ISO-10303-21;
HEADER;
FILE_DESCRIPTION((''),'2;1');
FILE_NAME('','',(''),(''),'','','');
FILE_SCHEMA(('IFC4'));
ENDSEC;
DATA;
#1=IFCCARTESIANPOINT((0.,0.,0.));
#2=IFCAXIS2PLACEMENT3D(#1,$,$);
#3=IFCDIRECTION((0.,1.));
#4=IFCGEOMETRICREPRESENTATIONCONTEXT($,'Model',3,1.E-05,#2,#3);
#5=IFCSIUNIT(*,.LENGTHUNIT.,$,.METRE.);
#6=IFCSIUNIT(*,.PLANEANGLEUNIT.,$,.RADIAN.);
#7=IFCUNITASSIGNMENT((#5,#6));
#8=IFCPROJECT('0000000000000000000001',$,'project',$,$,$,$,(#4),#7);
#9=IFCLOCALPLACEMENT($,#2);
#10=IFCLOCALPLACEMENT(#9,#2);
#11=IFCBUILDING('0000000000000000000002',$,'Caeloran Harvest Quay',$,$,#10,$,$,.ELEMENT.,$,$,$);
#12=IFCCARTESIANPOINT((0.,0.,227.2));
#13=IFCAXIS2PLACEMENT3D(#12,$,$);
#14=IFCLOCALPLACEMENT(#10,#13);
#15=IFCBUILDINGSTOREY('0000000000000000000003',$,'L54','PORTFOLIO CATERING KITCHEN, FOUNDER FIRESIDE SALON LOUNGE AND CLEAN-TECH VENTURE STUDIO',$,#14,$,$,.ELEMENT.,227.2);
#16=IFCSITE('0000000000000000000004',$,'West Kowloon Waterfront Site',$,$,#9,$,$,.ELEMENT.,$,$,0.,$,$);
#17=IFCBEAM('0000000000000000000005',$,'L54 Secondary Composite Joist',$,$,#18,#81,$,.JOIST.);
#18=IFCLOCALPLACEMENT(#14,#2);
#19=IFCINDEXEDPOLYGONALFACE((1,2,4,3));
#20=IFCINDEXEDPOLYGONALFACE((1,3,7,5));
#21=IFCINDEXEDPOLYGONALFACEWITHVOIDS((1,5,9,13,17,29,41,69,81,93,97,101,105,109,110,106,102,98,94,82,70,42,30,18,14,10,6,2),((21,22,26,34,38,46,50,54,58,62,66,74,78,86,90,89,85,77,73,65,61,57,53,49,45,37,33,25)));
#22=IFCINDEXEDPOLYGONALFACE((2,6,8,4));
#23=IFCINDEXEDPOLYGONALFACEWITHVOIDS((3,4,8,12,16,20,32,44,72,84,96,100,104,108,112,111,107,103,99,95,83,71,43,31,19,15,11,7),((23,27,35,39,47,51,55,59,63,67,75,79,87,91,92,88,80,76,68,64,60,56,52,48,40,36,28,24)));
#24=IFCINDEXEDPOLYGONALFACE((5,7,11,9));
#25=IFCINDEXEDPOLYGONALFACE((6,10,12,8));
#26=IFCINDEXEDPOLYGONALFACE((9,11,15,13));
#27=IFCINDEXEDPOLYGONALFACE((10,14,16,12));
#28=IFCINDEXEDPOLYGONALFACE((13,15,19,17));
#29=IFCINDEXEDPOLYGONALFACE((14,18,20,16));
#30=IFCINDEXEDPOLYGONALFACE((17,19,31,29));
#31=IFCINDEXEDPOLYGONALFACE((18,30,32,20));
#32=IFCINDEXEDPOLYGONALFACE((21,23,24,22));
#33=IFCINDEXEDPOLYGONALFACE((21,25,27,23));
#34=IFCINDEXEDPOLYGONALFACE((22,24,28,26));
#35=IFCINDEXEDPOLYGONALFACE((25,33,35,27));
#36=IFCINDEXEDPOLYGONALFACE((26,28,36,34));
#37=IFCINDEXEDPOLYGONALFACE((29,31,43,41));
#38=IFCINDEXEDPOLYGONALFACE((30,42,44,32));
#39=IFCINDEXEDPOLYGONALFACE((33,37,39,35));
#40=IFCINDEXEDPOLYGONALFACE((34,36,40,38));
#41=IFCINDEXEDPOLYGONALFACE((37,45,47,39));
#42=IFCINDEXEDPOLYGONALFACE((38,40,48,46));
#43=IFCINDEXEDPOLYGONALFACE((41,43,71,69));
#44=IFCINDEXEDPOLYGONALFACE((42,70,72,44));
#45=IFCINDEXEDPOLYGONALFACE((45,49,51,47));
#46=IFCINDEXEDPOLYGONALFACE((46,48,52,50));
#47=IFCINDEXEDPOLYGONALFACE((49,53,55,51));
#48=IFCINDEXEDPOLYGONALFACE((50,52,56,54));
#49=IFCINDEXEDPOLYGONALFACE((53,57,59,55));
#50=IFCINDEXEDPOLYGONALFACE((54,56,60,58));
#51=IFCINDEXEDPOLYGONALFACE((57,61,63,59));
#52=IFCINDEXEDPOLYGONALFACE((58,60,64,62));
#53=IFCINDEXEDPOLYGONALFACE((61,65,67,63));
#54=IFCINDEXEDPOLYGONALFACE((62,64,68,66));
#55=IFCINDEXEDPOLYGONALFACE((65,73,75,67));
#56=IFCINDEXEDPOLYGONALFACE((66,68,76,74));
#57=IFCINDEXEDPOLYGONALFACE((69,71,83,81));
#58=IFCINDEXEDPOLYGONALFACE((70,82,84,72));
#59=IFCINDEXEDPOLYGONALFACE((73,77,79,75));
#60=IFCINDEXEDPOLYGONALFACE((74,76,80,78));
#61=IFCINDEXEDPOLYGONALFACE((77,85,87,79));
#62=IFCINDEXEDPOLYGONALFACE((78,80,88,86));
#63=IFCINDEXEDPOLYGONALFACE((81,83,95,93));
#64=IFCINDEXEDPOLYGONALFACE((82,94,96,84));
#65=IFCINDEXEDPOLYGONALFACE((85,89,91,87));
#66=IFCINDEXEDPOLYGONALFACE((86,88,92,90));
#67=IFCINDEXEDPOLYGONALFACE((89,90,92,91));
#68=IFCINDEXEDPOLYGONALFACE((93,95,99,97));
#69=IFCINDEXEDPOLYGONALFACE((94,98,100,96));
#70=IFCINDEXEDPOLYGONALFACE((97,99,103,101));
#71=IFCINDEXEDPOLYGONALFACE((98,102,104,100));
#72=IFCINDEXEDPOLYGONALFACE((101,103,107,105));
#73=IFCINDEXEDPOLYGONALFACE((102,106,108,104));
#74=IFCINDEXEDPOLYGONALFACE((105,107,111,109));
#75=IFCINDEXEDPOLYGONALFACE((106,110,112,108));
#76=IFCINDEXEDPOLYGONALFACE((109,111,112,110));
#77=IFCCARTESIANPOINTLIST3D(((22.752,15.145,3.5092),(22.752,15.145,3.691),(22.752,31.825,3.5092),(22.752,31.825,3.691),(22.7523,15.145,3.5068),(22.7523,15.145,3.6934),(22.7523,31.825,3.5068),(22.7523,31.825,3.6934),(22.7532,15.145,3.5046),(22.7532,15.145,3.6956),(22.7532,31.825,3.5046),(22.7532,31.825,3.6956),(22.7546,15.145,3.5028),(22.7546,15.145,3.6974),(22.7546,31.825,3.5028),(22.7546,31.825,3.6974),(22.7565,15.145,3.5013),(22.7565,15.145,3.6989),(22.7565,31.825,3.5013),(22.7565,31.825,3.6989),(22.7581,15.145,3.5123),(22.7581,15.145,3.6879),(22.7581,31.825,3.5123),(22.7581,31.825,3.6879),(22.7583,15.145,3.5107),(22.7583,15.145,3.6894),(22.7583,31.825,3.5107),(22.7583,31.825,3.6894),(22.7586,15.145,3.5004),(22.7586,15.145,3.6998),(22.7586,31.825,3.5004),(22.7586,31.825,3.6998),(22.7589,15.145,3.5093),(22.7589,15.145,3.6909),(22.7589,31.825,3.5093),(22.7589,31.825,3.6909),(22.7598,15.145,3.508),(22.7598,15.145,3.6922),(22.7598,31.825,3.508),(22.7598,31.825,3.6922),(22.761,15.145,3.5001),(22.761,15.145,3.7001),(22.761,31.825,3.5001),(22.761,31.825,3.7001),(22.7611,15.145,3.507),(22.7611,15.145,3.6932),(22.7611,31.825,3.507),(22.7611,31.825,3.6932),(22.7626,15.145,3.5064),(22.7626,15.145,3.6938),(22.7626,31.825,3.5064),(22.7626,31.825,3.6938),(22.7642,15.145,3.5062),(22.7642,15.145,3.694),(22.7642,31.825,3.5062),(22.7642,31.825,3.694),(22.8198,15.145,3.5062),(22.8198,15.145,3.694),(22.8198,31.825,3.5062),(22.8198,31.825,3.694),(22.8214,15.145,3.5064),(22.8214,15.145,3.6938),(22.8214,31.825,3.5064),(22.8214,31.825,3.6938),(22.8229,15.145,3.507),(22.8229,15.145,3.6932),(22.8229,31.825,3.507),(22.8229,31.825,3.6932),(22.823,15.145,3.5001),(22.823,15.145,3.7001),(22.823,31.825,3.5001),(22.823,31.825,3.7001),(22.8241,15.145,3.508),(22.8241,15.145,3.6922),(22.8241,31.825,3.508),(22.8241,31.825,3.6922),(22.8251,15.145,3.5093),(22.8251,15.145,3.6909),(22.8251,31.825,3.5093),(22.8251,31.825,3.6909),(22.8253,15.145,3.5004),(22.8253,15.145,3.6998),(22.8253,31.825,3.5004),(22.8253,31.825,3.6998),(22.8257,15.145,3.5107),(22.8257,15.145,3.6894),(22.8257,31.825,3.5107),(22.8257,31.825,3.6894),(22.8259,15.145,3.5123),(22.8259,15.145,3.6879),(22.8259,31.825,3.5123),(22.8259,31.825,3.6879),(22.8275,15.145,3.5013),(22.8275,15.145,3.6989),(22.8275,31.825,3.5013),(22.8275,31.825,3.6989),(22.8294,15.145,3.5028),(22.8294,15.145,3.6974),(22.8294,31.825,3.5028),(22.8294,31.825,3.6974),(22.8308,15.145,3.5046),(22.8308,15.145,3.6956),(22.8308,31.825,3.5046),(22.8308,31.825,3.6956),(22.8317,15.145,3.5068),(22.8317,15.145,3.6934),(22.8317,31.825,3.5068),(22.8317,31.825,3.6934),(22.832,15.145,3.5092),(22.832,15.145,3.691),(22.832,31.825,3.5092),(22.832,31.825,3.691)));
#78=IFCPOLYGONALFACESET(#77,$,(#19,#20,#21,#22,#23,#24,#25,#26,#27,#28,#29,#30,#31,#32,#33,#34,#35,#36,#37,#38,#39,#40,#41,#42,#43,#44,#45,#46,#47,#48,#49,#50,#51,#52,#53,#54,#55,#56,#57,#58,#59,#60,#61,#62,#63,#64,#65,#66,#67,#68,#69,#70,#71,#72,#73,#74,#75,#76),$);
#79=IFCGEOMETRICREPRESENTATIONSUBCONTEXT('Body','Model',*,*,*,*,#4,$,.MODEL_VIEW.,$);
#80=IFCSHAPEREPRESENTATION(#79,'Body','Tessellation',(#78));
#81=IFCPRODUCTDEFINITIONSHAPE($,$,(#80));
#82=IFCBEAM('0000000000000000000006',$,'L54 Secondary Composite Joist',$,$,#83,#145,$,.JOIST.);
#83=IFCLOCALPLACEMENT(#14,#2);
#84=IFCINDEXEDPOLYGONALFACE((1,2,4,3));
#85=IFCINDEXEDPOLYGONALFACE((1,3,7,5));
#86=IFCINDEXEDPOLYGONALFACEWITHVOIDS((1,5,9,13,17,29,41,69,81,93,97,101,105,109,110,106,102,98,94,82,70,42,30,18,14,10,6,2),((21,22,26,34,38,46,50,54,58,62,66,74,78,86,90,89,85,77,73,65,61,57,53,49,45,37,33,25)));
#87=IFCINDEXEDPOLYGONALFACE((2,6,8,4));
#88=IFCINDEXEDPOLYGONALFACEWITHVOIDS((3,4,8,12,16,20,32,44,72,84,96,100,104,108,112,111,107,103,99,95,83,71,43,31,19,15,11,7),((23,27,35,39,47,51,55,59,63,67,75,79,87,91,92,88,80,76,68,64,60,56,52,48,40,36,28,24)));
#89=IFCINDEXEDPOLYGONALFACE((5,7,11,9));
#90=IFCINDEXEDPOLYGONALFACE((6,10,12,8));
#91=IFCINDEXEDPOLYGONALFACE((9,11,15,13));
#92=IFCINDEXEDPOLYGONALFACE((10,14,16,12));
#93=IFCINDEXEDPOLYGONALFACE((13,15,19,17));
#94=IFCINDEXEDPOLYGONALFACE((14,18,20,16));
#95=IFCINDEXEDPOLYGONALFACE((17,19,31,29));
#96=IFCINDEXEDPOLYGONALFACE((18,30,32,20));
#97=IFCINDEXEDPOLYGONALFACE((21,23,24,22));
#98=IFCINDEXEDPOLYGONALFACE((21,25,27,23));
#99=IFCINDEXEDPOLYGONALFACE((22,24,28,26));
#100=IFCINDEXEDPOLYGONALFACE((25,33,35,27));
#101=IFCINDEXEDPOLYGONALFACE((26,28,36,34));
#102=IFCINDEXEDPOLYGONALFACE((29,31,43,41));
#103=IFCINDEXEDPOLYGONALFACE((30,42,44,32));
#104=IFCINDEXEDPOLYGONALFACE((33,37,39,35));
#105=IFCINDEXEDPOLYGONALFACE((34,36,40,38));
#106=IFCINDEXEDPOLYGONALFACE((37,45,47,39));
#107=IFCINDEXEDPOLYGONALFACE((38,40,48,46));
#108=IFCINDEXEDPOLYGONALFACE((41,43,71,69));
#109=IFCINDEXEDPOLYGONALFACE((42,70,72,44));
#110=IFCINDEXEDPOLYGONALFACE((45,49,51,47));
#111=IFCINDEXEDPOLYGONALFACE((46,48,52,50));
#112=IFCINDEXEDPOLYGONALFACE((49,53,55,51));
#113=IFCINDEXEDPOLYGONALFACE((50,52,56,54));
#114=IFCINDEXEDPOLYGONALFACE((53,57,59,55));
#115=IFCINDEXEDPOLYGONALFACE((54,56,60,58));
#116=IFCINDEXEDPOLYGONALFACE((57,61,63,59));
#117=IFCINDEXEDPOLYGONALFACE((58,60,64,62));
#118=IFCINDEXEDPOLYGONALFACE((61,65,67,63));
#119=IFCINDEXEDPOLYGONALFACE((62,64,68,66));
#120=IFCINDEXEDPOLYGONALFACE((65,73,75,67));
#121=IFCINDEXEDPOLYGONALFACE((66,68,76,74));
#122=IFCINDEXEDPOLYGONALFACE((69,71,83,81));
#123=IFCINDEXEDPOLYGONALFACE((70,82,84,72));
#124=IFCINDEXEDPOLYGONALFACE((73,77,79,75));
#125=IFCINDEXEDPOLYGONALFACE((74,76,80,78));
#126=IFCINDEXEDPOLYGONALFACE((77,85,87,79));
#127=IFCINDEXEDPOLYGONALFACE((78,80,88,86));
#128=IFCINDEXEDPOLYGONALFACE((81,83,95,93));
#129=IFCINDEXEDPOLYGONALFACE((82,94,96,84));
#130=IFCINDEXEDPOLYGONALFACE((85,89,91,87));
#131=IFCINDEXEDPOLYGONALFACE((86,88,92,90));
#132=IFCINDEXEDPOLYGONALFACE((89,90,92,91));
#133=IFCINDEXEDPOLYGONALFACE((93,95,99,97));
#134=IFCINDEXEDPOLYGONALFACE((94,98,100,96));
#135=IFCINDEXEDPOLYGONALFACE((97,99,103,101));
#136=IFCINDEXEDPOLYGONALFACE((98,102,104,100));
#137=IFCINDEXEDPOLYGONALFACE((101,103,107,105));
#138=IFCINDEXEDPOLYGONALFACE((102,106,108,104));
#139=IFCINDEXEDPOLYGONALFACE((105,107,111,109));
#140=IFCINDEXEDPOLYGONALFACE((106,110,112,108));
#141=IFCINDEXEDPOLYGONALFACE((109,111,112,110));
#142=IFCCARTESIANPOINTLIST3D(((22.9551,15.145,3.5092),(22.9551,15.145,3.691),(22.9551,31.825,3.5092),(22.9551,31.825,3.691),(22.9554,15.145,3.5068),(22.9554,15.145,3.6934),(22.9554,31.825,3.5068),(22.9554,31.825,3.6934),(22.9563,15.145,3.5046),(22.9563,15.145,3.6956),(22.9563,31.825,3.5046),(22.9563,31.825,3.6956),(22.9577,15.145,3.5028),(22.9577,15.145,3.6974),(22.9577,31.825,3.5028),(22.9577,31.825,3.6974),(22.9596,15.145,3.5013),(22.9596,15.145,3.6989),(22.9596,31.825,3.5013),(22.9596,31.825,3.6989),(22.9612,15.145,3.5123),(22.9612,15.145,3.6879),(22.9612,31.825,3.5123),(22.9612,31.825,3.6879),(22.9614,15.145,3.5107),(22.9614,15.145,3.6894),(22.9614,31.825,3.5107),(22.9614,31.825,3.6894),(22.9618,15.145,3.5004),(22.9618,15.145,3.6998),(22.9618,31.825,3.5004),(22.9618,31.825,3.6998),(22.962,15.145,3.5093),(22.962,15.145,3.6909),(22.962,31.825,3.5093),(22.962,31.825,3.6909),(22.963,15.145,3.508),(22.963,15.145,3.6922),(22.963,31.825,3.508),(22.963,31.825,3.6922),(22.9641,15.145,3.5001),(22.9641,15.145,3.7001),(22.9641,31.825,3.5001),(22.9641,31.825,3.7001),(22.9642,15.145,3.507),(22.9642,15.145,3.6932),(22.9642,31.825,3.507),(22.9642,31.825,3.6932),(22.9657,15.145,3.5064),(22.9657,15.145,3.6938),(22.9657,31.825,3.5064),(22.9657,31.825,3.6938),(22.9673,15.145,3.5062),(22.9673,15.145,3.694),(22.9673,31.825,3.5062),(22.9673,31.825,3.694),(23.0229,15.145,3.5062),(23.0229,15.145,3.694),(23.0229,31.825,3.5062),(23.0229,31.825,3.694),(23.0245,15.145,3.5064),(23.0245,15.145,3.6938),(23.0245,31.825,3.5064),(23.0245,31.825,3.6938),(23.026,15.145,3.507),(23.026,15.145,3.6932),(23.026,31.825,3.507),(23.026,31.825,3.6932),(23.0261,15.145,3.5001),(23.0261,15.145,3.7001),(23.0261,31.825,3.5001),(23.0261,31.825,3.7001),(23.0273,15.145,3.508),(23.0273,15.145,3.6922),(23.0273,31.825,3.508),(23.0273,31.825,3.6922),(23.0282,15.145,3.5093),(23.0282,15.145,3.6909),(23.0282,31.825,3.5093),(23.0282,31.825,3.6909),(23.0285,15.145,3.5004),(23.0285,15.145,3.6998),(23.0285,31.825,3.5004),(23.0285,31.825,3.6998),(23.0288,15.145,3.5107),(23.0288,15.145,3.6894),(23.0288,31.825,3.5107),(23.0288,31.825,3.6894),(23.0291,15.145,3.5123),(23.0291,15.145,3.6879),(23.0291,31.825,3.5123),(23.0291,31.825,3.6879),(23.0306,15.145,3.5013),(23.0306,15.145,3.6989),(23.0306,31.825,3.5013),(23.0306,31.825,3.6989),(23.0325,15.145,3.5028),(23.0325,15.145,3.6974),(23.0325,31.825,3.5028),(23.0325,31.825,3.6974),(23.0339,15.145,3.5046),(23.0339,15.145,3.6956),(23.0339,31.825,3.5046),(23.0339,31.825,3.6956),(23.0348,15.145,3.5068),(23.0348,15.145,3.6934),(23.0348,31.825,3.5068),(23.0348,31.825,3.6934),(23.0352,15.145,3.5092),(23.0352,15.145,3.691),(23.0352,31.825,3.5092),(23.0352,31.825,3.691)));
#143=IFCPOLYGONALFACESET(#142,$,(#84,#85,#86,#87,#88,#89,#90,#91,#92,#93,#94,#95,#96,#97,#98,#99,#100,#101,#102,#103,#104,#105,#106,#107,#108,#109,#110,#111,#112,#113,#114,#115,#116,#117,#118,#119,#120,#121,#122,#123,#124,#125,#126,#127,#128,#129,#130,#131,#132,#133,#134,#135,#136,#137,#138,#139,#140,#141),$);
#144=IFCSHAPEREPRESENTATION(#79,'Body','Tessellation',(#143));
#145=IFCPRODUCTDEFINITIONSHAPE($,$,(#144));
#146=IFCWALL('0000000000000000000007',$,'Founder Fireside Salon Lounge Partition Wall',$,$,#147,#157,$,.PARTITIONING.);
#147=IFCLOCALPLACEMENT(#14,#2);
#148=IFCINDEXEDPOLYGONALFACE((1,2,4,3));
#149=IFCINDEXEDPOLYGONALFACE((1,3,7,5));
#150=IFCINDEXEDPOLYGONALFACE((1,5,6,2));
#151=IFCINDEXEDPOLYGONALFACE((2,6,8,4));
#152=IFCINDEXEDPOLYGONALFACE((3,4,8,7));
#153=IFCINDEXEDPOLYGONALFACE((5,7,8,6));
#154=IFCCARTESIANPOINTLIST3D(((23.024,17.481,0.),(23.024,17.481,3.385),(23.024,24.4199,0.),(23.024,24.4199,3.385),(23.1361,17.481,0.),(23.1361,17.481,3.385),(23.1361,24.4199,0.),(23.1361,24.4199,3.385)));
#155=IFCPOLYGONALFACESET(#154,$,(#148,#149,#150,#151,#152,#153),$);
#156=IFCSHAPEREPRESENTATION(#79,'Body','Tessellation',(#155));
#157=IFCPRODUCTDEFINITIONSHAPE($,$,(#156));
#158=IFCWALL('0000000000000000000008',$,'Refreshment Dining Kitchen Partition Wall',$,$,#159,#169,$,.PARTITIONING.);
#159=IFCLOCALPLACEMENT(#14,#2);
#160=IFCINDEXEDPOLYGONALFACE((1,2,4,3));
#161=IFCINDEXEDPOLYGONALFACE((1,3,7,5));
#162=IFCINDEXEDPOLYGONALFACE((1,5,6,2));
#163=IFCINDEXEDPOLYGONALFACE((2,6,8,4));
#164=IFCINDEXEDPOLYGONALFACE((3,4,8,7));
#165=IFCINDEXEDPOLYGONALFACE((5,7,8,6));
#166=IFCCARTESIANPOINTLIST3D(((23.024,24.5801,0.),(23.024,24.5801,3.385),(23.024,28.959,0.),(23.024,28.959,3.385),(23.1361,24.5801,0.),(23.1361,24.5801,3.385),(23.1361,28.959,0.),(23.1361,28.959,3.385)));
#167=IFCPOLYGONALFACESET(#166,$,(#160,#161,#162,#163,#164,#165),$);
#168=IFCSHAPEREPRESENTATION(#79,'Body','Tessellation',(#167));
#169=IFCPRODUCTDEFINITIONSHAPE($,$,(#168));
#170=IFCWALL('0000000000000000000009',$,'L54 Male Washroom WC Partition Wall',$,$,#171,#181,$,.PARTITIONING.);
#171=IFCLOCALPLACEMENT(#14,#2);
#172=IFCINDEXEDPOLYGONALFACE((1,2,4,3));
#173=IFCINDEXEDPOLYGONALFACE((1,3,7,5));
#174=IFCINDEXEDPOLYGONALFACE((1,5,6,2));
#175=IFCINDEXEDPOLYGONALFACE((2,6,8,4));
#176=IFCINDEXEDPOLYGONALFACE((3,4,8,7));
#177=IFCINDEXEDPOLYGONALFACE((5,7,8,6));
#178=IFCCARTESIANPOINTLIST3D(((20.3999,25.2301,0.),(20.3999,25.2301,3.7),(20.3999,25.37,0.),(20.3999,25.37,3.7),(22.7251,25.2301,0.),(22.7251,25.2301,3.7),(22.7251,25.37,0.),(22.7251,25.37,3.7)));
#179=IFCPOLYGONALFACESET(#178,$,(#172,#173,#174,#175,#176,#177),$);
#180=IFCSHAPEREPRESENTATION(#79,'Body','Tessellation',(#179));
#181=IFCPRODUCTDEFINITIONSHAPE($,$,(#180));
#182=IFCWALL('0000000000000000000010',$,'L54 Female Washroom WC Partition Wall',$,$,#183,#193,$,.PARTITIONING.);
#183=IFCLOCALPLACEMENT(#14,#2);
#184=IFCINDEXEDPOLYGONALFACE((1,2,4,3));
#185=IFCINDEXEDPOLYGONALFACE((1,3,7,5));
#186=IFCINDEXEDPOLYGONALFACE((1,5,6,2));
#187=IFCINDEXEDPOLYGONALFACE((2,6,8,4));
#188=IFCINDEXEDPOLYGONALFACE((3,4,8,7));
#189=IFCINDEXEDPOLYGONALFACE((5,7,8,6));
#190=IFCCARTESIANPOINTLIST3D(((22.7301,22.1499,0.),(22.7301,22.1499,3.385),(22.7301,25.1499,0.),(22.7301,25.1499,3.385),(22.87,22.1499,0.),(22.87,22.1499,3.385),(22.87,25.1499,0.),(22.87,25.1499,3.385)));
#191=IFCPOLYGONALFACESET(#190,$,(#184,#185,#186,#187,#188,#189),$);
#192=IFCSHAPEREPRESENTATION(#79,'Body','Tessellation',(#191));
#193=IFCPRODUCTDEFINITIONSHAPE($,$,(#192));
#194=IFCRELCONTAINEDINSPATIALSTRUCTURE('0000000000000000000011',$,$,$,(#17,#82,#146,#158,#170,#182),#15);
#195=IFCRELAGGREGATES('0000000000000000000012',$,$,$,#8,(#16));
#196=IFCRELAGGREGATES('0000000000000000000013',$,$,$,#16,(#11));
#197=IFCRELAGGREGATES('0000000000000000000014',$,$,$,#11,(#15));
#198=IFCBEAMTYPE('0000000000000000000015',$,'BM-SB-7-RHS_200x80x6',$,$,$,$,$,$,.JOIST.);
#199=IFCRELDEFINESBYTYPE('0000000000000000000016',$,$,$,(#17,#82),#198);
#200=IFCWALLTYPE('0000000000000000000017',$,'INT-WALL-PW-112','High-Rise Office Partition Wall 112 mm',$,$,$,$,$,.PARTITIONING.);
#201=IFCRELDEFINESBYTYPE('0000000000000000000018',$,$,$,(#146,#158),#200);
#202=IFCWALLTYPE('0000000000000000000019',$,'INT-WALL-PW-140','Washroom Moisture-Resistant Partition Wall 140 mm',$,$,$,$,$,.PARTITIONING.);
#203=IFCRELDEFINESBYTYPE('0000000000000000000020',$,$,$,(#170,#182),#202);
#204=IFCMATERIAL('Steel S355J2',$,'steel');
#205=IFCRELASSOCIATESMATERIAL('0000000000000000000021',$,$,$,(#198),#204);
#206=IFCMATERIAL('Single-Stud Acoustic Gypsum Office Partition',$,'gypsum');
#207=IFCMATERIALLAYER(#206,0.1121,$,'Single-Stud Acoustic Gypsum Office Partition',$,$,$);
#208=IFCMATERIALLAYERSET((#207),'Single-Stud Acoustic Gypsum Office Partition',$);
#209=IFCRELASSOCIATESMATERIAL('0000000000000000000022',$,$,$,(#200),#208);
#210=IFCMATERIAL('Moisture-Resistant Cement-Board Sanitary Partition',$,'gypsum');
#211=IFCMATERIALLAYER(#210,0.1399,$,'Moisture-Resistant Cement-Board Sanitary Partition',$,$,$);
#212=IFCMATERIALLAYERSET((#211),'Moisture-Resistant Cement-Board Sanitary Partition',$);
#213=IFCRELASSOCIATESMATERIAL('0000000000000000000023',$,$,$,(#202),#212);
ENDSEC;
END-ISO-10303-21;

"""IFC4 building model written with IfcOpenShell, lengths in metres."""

from ifc_helpers import new_model, si_unit, direction, frame, frame_2d, origin, origin_2d, place, context, subcontext, project, spatial, rectangle, hollow_rectangle, extrude, material, layer, layer_set, material_profile, profile_set, type_object, element, save


model = new_model("IFC4")

# Units and contexts
model_context = context("Model", 3, precision=1e-05, world=origin(), true_north=direction((0.0, 1.0)))
body_context = subcontext(model_context, "Body", "Model", "MODEL_VIEW")
ifc_project = project(units=[si_unit("LENGTHUNIT", "METRE"), si_unit("PLANEANGLEUNIT", "RADIAN")], contexts=[model_context])

# Site, building, storey
site_placement = place(None, origin())
site = spatial("IfcSite", under=ifc_project, at=site_placement, Name="West Kowloon Waterfront Site", CompositionType="ELEMENT", RefElevation=0.0)
building_placement = place(site_placement, origin())
building = spatial("IfcBuilding", under=site, at=building_placement, Name="Caeloran Harvest Quay", CompositionType="ELEMENT")
storey_placement = place(building_placement, frame((0.0, 0.0, 227.2)))
storey = spatial("IfcBuildingStorey", under=building, at=storey_placement, Name="L54", Description="PORTFOLIO CATERING KITCHEN, FOUNDER FIRESIDE SALON LOUNGE AND CLEAN-TECH VENTURE STUDIO", CompositionType="ELEMENT", Elevation=227.2)

# Beams
ifc_material_1 = material(Name="Steel S355J2", Category="steel")
ifc_material_profile_1 = material_profile(ifc_material_1, hollow_rectangle(XDim=0.0801, YDim=0.2, WallThickness=0.0061, InnerFilletRadius=0.0061, OuterFilletRadius=0.009, at=origin_2d()), Name="RHS 200x80x6")
ifc_profile_set_1 = profile_set([ifc_material_profile_1], Name="Steel S355J2")
beam_type_1 = type_object("IfcBeamType", Name="BM-SB-7-RHS_200x80x6", PredefinedType="JOIST", material=ifc_profile_set_1)
for number, where, z_axis, x_axis, name in (
    (1, (22.792, 15.145, 3.6001), (0.0, 1.0, 0.0), (-1.0, 0.0, 0.0), "L54 Secondary Composite Joist"),
    (2, (22.9951, 15.145, 3.6001), (0.0, 1.0, 0.0), (-1.0, 0.0, 0.0), "L54 Secondary Composite Joist"),
):
    element("IfcBeam", number, at=place(storey_placement, frame(where, z_axis=z_axis, x_axis=x_axis)), inside=storey, type_object=beam_type_1, Name=name, PredefinedType="JOIST", context=body_context, shape_type="SweptSolid", body=[
        extrude(hollow_rectangle(XDim=0.0801, YDim=0.2, WallThickness=0.0061, InnerFilletRadius=0.0061, OuterFilletRadius=0.009, at=origin_2d()), origin(), (0.0, 0.0, 1.0), 16.6799),
    ])

# Walls
ifc_material_2 = material(Name="Single-Stud Acoustic Gypsum Office Partition", Category="gypsum")
ifc_layer_1 = layer(ifc_material_2, 0.1121, Name="Single-Stud Acoustic Gypsum Office Partition")
ifc_layer_set_1 = layer_set([ifc_layer_1], Name="Single-Stud Acoustic Gypsum Office Partition")
wall_type_1 = type_object("IfcWallType", Name="INT-WALL-PW-112", Description="High-Rise Office Partition Wall 112 mm", PredefinedType="PARTITIONING", material=ifc_layer_set_1)
wall_1_placement = place(storey_placement, frame((23.0801, 17.481, 0.0), z_axis=(0.0, 0.0, 1.0), x_axis=(0.0, 1.0, 0.0)))
element("IfcWall", 3, at=wall_1_placement, inside=storey, type_object=wall_type_1, Name="Founder Fireside Salon Lounge Partition Wall", PredefinedType="PARTITIONING", context=body_context, shape_type="SweptSolid", body=[
    extrude(rectangle(XDim=6.939, YDim=0.1121, at=frame_2d((3.4695, 0.0))), origin(), (0.0, 0.0, 1.0), 3.385),
])
wall_2_placement = place(storey_placement, frame((23.0801, 24.5801, 0.0), z_axis=(0.0, 0.0, 1.0), x_axis=(0.0, 1.0, 0.0)))
element("IfcWall", 4, at=wall_2_placement, inside=storey, type_object=wall_type_1, Name="Refreshment Dining Kitchen Partition Wall", PredefinedType="PARTITIONING", context=body_context, shape_type="SweptSolid", body=[
    extrude(rectangle(XDim=4.3789, YDim=0.1121, at=frame_2d((2.1895, 0.0))), origin(), (0.0, 0.0, 1.0), 3.385),
])
ifc_material_3 = material(Name="Moisture-Resistant Cement-Board Sanitary Partition", Category="gypsum")
ifc_layer_2 = layer(ifc_material_3, 0.1399, Name="Moisture-Resistant Cement-Board Sanitary Partition")
ifc_layer_set_2 = layer_set([ifc_layer_2], Name="Moisture-Resistant Cement-Board Sanitary Partition")
wall_type_2 = type_object("IfcWallType", Name="INT-WALL-PW-140", Description="Washroom Moisture-Resistant Partition Wall 140 mm", PredefinedType="PARTITIONING", material=ifc_layer_set_2)
wall_3_placement = place(storey_placement, frame((22.7251, 25.3, 0.0), z_axis=(0.0, 0.0, 1.0), x_axis=(-1.0, 0.0, 0.0)))
element("IfcWall", 5, at=wall_3_placement, inside=storey, type_object=wall_type_2, Name="L54 Male Washroom WC Partition Wall", PredefinedType="PARTITIONING", context=body_context, shape_type="SweptSolid", body=[
    extrude(rectangle(XDim=2.3252, YDim=0.1399, at=frame_2d((1.1626, 0.0))), origin(), (0.0, 0.0, 1.0), 3.7),
])
wall_4_placement = place(storey_placement, frame((22.8, 25.1499, 0.0), z_axis=(0.0, 0.0, 1.0), x_axis=(0.0, -1.0, 0.0)))
element("IfcWall", 6, at=wall_4_placement, inside=storey, type_object=wall_type_2, Name="L54 Female Washroom WC Partition Wall", PredefinedType="PARTITIONING", context=body_context, shape_type="SweptSolid", body=[
    extrude(rectangle(XDim=3.0, YDim=0.1399, at=frame_2d((1.5, 0.0))), origin(), (0.0, 0.0, 1.0), 3.385),
])

save(model, "model.ifc")
